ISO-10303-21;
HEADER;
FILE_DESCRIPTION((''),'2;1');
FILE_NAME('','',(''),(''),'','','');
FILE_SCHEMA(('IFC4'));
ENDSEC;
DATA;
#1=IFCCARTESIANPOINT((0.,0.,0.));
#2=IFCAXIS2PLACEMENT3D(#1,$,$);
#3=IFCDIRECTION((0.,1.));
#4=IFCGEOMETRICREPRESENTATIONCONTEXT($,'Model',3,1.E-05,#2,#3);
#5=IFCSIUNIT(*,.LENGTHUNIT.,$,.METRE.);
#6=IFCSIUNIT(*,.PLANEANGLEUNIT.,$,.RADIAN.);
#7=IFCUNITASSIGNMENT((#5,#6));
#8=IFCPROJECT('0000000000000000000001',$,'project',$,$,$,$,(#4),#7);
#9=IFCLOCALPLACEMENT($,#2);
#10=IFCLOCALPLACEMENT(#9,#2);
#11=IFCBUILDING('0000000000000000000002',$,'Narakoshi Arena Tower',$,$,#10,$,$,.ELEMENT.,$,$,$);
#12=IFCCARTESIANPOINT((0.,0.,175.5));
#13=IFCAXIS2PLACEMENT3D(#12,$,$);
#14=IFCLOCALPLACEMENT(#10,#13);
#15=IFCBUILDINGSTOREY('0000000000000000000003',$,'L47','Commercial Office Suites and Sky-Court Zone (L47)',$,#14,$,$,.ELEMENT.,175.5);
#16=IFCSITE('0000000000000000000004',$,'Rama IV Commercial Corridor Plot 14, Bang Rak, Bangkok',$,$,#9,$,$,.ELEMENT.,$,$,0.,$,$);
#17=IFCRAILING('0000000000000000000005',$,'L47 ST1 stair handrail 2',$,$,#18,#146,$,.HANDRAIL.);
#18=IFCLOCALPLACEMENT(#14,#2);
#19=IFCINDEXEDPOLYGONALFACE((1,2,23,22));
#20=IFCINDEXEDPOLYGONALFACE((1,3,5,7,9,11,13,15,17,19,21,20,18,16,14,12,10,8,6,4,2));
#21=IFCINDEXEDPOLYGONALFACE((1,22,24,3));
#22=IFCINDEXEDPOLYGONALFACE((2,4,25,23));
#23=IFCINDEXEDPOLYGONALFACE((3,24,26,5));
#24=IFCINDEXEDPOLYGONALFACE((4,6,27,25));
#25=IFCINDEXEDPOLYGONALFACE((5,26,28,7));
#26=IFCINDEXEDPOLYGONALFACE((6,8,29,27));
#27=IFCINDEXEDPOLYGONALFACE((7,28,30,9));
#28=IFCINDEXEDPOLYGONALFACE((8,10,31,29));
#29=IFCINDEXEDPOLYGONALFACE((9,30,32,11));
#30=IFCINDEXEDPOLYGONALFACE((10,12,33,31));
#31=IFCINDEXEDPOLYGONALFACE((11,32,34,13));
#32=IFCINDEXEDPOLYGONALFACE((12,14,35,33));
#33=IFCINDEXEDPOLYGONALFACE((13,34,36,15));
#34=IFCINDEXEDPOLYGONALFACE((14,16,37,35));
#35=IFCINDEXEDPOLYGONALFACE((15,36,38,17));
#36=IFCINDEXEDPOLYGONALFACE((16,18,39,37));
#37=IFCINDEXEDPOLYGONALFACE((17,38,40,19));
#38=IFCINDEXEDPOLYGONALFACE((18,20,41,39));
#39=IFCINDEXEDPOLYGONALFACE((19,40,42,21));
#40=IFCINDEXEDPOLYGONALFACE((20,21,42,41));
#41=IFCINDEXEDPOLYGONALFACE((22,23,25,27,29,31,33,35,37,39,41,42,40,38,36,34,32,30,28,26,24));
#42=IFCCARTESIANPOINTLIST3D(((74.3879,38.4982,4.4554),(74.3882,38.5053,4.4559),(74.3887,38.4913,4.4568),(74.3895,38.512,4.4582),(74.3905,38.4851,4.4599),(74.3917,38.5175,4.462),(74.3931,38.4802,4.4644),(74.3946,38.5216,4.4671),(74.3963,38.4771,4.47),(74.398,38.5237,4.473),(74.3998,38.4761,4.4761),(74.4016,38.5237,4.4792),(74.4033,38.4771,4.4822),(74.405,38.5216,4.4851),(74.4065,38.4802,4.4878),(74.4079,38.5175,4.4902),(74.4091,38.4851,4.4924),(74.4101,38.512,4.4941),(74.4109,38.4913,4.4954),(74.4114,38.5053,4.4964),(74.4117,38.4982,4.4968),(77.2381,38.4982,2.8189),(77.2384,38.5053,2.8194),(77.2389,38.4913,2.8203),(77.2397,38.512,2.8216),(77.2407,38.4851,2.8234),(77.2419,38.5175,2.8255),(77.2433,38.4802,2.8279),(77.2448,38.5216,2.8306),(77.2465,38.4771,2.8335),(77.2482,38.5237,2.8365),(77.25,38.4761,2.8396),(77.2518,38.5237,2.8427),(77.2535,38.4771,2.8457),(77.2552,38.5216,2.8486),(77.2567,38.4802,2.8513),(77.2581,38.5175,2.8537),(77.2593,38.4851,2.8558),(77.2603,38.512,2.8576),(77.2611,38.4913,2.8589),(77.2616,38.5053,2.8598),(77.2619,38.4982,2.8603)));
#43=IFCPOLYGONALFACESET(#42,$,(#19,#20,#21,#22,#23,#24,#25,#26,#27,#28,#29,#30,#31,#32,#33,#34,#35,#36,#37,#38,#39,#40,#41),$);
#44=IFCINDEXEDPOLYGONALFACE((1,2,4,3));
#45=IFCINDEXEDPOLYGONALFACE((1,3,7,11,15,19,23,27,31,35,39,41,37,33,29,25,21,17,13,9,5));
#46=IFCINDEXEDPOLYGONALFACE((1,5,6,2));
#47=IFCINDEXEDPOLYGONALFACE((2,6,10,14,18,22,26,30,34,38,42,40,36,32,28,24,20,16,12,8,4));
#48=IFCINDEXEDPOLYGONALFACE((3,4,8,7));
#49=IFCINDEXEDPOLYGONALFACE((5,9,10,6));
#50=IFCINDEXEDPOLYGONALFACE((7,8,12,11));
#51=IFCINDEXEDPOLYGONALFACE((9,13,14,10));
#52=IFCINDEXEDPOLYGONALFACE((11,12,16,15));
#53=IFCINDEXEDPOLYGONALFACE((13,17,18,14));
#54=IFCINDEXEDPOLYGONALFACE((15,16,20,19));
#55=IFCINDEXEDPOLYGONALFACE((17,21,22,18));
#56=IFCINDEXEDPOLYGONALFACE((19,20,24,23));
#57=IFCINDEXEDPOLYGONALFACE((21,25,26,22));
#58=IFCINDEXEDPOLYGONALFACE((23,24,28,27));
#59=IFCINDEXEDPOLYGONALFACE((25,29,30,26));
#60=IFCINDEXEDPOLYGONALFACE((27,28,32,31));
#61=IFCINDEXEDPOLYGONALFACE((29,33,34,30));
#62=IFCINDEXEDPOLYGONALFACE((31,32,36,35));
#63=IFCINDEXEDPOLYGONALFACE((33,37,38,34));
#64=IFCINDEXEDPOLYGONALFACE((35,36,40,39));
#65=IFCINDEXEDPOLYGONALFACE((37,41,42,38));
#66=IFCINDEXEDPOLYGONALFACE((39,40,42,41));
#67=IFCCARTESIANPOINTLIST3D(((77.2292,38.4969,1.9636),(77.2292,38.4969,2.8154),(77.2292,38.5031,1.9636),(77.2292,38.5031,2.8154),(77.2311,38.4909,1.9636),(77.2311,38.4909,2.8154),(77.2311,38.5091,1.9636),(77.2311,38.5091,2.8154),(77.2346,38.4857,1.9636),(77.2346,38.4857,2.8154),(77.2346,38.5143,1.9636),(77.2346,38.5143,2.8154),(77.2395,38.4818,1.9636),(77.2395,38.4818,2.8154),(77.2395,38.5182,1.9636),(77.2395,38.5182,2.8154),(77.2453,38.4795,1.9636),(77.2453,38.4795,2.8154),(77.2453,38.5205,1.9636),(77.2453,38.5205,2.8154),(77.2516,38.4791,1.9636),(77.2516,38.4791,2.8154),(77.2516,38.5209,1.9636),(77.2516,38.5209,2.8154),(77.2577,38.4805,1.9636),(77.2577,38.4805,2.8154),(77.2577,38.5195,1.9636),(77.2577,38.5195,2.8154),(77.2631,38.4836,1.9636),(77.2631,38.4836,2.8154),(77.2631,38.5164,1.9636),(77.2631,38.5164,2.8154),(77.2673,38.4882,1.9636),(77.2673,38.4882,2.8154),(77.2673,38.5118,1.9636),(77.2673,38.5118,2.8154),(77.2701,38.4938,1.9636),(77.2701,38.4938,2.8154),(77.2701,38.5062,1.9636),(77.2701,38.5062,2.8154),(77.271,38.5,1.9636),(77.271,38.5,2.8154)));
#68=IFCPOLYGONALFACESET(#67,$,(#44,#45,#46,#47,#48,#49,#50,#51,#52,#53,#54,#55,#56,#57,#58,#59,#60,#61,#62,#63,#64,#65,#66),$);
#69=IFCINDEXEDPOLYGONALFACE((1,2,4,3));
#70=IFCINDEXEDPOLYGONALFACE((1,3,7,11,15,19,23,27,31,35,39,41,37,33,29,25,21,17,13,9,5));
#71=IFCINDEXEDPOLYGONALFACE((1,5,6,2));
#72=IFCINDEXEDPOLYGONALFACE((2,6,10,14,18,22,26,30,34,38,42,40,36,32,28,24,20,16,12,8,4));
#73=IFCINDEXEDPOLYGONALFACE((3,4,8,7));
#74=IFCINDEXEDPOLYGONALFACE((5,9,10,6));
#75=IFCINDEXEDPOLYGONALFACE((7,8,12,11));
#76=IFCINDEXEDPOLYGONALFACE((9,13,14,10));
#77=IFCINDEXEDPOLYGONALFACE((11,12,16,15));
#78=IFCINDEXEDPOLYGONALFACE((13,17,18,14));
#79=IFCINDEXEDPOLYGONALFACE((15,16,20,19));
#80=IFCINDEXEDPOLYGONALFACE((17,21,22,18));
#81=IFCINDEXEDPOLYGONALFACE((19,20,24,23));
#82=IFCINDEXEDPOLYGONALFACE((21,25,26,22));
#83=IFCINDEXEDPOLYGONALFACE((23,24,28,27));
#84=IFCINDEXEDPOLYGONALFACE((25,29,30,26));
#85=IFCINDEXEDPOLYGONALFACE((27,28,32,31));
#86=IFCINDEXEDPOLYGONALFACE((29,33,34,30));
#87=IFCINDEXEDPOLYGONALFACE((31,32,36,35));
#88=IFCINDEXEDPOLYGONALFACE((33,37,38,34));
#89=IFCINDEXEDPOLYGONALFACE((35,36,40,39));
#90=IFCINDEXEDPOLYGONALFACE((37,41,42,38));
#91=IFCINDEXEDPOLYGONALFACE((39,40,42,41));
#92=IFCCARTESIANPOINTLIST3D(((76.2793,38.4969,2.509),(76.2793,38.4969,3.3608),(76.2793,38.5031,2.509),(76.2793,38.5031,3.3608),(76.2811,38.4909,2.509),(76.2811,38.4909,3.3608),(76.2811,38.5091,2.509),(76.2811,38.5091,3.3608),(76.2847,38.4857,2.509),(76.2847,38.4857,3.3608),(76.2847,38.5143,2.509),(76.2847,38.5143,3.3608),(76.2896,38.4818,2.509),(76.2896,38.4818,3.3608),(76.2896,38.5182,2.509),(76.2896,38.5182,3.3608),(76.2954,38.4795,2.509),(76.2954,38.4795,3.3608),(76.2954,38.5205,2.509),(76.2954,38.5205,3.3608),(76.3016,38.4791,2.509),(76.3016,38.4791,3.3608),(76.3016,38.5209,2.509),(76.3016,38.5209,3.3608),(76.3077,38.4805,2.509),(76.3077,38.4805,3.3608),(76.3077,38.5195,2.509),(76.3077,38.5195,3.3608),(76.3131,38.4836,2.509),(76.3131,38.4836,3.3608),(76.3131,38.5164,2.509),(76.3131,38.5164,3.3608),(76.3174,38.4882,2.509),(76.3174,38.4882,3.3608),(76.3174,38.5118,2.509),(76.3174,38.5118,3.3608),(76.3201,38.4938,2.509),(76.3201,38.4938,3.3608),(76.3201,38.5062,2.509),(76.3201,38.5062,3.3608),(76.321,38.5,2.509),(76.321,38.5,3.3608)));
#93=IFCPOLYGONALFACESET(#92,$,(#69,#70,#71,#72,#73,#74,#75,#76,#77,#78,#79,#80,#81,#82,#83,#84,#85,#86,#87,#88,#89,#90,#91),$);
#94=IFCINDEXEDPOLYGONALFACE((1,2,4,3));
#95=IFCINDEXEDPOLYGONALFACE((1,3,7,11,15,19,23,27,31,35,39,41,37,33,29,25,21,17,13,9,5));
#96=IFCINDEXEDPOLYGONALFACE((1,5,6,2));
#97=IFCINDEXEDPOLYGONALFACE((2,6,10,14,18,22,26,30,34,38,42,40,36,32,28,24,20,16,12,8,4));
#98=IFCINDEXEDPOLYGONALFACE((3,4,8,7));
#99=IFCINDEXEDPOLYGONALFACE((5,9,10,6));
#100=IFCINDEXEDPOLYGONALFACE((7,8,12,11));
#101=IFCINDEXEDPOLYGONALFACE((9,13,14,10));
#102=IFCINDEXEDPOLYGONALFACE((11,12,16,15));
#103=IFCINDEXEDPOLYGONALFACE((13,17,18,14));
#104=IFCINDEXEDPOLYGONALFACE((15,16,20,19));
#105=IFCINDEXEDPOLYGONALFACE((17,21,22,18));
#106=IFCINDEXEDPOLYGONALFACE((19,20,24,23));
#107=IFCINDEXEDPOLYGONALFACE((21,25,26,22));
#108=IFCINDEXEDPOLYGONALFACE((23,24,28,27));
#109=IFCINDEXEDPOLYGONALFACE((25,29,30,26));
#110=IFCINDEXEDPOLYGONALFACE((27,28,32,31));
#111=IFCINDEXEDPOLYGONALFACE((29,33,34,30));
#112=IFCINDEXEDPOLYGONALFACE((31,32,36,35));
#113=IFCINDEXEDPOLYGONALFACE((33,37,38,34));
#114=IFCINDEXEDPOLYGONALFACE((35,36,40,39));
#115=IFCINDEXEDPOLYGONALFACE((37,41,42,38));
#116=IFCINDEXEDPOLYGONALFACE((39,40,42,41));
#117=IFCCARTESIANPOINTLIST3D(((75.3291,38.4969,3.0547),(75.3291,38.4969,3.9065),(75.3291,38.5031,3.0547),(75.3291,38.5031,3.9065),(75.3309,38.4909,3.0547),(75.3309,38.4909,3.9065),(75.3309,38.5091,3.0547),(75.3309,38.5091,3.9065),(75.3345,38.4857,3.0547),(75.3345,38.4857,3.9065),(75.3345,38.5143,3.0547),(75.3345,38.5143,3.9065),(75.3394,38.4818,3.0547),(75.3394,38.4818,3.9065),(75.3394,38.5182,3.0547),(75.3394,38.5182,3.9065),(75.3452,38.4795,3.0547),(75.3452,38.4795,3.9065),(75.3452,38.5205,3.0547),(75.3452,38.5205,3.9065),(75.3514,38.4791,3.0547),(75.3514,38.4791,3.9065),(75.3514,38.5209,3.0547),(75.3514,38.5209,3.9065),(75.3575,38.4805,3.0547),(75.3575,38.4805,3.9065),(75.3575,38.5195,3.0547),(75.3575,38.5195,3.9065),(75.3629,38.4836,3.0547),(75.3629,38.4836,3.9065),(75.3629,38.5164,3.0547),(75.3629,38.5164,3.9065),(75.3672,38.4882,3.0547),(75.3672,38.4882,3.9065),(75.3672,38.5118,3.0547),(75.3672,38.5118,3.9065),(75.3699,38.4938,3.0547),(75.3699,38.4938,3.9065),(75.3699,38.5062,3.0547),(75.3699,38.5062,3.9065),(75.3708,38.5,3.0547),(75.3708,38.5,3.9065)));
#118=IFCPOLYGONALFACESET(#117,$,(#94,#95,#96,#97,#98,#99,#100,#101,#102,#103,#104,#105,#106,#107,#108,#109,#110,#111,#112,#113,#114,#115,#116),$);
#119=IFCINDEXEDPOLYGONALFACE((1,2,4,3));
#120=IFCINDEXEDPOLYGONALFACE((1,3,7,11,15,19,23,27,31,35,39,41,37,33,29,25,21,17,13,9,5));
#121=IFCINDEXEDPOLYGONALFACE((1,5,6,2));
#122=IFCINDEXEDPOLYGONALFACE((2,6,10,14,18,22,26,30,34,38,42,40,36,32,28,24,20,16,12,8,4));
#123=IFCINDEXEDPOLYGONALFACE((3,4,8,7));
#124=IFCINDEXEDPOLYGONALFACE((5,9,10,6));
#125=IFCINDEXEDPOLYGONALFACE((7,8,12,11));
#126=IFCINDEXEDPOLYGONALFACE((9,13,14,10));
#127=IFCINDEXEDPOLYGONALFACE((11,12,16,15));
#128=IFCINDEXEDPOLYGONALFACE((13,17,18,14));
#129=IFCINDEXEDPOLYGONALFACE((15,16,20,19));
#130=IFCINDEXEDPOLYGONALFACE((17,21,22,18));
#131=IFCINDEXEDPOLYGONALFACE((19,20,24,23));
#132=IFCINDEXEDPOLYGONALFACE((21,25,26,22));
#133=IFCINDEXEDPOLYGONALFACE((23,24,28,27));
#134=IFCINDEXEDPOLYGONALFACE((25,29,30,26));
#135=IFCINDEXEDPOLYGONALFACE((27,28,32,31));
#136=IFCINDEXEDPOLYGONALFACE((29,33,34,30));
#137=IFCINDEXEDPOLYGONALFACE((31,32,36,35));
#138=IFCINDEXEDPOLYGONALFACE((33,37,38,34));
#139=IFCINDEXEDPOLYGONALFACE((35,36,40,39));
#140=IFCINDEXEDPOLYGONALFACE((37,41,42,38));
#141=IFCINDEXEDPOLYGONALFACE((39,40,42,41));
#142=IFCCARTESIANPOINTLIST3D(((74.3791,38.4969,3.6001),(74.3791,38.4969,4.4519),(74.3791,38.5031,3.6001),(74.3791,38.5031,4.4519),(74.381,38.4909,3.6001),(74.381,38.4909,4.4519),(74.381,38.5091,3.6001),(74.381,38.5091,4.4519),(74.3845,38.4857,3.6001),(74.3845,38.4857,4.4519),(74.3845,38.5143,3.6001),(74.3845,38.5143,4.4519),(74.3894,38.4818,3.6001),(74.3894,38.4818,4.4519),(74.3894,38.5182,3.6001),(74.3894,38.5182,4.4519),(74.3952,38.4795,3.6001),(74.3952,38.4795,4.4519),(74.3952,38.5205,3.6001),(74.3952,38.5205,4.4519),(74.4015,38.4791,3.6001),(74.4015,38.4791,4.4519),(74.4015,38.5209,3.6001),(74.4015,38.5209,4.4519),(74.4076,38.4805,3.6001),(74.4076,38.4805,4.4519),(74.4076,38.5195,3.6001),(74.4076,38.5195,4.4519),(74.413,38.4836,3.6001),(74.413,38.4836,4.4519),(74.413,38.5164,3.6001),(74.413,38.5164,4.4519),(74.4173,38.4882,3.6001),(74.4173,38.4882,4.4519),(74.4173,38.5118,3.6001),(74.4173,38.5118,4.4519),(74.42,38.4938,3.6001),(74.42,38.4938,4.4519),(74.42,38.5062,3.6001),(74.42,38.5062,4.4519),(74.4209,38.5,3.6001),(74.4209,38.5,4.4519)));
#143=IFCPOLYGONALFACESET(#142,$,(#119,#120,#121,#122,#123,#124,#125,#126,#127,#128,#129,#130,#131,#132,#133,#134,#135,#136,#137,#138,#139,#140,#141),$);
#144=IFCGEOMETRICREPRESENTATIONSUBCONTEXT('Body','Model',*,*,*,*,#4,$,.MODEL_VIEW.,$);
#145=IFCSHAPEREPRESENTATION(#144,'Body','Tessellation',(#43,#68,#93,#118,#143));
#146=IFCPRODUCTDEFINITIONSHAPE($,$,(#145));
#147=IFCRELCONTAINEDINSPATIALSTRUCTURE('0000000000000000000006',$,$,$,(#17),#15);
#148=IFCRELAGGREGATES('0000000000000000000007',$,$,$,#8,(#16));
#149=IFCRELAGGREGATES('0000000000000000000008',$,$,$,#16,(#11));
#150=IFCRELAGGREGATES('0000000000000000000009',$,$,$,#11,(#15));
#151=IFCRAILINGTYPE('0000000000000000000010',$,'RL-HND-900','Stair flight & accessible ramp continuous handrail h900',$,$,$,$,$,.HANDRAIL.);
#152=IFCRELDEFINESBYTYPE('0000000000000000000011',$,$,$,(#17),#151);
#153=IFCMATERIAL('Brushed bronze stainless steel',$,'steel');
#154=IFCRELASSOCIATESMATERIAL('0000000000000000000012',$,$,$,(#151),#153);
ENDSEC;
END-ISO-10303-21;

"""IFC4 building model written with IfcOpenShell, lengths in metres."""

from ifc_helpers import new_model, si_unit, direction, frame, origin, origin_2d, place, context, subcontext, project, spatial, circle, extrude, material, type_object, element, save


model = new_model("IFC4")

# Units and contexts
model_context = context("Model", 3, precision=1e-05, world=origin(), true_north=direction((0.0, 1.0)))
body_context = subcontext(model_context, "Body", "Model", "MODEL_VIEW")
ifc_project = project(units=[si_unit("LENGTHUNIT", "METRE"), si_unit("PLANEANGLEUNIT", "RADIAN")], contexts=[model_context])

# Site, building, storey
site_placement = place(None, origin())
site = spatial("IfcSite", under=ifc_project, at=site_placement, Name="Rama IV Commercial Corridor Plot 14, Bang Rak, Bangkok", CompositionType="ELEMENT", RefElevation=0.0)
building_placement = place(site_placement, origin())
building = spatial("IfcBuilding", under=site, at=building_placement, Name="Narakoshi Arena Tower", CompositionType="ELEMENT")
storey_placement = place(building_placement, frame((0.0, 0.0, 175.5)))
storey = spatial("IfcBuildingStorey", under=building, at=storey_placement, Name="L47", Description="Commercial Office Suites and Sky-Court Zone (L47)", CompositionType="ELEMENT", Elevation=175.5)

# Railing
ifc_material_1 = material(Name="Brushed bronze stainless steel", Category="steel")
railing_type_1 = type_object("IfcRailingType", Name="RL-HND-900", Description="Stair flight & accessible ramp continuous handrail h900", PredefinedType="HANDRAIL", material=ifc_material_1)
railing_1_placement = place(storey_placement, frame((77.25, 38.5, 1.9636)))
element("IfcRailing", 1, at=railing_1_placement, inside=storey, type_object=railing_type_1, Name="L47 ST1 stair handrail 2", PredefinedType="HANDRAIL", context=body_context, shape_type="SweptSolid", body=[
    extrude(circle(Radius=0.0239, at=origin_2d()), frame((0.0, 0.0, 0.876), z_axis=(-0.867213, 0.0, 0.497938), x_axis=(0.0, -1.0, 0.0)), (0.0, 0.0, 1.0), 3.2866),
    extrude(circle(Radius=0.021, at=origin_2d()), origin(), (0.0, 0.0, 1.0), 0.8518),
    extrude(circle(Radius=0.021, at=origin_2d()), frame((-0.95, 0.0, 0.5454)), (0.0, 0.0, 1.0), 0.8518),
    extrude(circle(Radius=0.021, at=origin_2d()), frame((-1.9001, 0.0, 1.0911)), (0.0, 0.0, 1.0), 0.8518),
    extrude(circle(Radius=0.021, at=origin_2d()), frame((-2.8501, 0.0, 1.6365)), (0.0, 0.0, 1.0), 0.8518),
])

save(model, "model.ifc")
